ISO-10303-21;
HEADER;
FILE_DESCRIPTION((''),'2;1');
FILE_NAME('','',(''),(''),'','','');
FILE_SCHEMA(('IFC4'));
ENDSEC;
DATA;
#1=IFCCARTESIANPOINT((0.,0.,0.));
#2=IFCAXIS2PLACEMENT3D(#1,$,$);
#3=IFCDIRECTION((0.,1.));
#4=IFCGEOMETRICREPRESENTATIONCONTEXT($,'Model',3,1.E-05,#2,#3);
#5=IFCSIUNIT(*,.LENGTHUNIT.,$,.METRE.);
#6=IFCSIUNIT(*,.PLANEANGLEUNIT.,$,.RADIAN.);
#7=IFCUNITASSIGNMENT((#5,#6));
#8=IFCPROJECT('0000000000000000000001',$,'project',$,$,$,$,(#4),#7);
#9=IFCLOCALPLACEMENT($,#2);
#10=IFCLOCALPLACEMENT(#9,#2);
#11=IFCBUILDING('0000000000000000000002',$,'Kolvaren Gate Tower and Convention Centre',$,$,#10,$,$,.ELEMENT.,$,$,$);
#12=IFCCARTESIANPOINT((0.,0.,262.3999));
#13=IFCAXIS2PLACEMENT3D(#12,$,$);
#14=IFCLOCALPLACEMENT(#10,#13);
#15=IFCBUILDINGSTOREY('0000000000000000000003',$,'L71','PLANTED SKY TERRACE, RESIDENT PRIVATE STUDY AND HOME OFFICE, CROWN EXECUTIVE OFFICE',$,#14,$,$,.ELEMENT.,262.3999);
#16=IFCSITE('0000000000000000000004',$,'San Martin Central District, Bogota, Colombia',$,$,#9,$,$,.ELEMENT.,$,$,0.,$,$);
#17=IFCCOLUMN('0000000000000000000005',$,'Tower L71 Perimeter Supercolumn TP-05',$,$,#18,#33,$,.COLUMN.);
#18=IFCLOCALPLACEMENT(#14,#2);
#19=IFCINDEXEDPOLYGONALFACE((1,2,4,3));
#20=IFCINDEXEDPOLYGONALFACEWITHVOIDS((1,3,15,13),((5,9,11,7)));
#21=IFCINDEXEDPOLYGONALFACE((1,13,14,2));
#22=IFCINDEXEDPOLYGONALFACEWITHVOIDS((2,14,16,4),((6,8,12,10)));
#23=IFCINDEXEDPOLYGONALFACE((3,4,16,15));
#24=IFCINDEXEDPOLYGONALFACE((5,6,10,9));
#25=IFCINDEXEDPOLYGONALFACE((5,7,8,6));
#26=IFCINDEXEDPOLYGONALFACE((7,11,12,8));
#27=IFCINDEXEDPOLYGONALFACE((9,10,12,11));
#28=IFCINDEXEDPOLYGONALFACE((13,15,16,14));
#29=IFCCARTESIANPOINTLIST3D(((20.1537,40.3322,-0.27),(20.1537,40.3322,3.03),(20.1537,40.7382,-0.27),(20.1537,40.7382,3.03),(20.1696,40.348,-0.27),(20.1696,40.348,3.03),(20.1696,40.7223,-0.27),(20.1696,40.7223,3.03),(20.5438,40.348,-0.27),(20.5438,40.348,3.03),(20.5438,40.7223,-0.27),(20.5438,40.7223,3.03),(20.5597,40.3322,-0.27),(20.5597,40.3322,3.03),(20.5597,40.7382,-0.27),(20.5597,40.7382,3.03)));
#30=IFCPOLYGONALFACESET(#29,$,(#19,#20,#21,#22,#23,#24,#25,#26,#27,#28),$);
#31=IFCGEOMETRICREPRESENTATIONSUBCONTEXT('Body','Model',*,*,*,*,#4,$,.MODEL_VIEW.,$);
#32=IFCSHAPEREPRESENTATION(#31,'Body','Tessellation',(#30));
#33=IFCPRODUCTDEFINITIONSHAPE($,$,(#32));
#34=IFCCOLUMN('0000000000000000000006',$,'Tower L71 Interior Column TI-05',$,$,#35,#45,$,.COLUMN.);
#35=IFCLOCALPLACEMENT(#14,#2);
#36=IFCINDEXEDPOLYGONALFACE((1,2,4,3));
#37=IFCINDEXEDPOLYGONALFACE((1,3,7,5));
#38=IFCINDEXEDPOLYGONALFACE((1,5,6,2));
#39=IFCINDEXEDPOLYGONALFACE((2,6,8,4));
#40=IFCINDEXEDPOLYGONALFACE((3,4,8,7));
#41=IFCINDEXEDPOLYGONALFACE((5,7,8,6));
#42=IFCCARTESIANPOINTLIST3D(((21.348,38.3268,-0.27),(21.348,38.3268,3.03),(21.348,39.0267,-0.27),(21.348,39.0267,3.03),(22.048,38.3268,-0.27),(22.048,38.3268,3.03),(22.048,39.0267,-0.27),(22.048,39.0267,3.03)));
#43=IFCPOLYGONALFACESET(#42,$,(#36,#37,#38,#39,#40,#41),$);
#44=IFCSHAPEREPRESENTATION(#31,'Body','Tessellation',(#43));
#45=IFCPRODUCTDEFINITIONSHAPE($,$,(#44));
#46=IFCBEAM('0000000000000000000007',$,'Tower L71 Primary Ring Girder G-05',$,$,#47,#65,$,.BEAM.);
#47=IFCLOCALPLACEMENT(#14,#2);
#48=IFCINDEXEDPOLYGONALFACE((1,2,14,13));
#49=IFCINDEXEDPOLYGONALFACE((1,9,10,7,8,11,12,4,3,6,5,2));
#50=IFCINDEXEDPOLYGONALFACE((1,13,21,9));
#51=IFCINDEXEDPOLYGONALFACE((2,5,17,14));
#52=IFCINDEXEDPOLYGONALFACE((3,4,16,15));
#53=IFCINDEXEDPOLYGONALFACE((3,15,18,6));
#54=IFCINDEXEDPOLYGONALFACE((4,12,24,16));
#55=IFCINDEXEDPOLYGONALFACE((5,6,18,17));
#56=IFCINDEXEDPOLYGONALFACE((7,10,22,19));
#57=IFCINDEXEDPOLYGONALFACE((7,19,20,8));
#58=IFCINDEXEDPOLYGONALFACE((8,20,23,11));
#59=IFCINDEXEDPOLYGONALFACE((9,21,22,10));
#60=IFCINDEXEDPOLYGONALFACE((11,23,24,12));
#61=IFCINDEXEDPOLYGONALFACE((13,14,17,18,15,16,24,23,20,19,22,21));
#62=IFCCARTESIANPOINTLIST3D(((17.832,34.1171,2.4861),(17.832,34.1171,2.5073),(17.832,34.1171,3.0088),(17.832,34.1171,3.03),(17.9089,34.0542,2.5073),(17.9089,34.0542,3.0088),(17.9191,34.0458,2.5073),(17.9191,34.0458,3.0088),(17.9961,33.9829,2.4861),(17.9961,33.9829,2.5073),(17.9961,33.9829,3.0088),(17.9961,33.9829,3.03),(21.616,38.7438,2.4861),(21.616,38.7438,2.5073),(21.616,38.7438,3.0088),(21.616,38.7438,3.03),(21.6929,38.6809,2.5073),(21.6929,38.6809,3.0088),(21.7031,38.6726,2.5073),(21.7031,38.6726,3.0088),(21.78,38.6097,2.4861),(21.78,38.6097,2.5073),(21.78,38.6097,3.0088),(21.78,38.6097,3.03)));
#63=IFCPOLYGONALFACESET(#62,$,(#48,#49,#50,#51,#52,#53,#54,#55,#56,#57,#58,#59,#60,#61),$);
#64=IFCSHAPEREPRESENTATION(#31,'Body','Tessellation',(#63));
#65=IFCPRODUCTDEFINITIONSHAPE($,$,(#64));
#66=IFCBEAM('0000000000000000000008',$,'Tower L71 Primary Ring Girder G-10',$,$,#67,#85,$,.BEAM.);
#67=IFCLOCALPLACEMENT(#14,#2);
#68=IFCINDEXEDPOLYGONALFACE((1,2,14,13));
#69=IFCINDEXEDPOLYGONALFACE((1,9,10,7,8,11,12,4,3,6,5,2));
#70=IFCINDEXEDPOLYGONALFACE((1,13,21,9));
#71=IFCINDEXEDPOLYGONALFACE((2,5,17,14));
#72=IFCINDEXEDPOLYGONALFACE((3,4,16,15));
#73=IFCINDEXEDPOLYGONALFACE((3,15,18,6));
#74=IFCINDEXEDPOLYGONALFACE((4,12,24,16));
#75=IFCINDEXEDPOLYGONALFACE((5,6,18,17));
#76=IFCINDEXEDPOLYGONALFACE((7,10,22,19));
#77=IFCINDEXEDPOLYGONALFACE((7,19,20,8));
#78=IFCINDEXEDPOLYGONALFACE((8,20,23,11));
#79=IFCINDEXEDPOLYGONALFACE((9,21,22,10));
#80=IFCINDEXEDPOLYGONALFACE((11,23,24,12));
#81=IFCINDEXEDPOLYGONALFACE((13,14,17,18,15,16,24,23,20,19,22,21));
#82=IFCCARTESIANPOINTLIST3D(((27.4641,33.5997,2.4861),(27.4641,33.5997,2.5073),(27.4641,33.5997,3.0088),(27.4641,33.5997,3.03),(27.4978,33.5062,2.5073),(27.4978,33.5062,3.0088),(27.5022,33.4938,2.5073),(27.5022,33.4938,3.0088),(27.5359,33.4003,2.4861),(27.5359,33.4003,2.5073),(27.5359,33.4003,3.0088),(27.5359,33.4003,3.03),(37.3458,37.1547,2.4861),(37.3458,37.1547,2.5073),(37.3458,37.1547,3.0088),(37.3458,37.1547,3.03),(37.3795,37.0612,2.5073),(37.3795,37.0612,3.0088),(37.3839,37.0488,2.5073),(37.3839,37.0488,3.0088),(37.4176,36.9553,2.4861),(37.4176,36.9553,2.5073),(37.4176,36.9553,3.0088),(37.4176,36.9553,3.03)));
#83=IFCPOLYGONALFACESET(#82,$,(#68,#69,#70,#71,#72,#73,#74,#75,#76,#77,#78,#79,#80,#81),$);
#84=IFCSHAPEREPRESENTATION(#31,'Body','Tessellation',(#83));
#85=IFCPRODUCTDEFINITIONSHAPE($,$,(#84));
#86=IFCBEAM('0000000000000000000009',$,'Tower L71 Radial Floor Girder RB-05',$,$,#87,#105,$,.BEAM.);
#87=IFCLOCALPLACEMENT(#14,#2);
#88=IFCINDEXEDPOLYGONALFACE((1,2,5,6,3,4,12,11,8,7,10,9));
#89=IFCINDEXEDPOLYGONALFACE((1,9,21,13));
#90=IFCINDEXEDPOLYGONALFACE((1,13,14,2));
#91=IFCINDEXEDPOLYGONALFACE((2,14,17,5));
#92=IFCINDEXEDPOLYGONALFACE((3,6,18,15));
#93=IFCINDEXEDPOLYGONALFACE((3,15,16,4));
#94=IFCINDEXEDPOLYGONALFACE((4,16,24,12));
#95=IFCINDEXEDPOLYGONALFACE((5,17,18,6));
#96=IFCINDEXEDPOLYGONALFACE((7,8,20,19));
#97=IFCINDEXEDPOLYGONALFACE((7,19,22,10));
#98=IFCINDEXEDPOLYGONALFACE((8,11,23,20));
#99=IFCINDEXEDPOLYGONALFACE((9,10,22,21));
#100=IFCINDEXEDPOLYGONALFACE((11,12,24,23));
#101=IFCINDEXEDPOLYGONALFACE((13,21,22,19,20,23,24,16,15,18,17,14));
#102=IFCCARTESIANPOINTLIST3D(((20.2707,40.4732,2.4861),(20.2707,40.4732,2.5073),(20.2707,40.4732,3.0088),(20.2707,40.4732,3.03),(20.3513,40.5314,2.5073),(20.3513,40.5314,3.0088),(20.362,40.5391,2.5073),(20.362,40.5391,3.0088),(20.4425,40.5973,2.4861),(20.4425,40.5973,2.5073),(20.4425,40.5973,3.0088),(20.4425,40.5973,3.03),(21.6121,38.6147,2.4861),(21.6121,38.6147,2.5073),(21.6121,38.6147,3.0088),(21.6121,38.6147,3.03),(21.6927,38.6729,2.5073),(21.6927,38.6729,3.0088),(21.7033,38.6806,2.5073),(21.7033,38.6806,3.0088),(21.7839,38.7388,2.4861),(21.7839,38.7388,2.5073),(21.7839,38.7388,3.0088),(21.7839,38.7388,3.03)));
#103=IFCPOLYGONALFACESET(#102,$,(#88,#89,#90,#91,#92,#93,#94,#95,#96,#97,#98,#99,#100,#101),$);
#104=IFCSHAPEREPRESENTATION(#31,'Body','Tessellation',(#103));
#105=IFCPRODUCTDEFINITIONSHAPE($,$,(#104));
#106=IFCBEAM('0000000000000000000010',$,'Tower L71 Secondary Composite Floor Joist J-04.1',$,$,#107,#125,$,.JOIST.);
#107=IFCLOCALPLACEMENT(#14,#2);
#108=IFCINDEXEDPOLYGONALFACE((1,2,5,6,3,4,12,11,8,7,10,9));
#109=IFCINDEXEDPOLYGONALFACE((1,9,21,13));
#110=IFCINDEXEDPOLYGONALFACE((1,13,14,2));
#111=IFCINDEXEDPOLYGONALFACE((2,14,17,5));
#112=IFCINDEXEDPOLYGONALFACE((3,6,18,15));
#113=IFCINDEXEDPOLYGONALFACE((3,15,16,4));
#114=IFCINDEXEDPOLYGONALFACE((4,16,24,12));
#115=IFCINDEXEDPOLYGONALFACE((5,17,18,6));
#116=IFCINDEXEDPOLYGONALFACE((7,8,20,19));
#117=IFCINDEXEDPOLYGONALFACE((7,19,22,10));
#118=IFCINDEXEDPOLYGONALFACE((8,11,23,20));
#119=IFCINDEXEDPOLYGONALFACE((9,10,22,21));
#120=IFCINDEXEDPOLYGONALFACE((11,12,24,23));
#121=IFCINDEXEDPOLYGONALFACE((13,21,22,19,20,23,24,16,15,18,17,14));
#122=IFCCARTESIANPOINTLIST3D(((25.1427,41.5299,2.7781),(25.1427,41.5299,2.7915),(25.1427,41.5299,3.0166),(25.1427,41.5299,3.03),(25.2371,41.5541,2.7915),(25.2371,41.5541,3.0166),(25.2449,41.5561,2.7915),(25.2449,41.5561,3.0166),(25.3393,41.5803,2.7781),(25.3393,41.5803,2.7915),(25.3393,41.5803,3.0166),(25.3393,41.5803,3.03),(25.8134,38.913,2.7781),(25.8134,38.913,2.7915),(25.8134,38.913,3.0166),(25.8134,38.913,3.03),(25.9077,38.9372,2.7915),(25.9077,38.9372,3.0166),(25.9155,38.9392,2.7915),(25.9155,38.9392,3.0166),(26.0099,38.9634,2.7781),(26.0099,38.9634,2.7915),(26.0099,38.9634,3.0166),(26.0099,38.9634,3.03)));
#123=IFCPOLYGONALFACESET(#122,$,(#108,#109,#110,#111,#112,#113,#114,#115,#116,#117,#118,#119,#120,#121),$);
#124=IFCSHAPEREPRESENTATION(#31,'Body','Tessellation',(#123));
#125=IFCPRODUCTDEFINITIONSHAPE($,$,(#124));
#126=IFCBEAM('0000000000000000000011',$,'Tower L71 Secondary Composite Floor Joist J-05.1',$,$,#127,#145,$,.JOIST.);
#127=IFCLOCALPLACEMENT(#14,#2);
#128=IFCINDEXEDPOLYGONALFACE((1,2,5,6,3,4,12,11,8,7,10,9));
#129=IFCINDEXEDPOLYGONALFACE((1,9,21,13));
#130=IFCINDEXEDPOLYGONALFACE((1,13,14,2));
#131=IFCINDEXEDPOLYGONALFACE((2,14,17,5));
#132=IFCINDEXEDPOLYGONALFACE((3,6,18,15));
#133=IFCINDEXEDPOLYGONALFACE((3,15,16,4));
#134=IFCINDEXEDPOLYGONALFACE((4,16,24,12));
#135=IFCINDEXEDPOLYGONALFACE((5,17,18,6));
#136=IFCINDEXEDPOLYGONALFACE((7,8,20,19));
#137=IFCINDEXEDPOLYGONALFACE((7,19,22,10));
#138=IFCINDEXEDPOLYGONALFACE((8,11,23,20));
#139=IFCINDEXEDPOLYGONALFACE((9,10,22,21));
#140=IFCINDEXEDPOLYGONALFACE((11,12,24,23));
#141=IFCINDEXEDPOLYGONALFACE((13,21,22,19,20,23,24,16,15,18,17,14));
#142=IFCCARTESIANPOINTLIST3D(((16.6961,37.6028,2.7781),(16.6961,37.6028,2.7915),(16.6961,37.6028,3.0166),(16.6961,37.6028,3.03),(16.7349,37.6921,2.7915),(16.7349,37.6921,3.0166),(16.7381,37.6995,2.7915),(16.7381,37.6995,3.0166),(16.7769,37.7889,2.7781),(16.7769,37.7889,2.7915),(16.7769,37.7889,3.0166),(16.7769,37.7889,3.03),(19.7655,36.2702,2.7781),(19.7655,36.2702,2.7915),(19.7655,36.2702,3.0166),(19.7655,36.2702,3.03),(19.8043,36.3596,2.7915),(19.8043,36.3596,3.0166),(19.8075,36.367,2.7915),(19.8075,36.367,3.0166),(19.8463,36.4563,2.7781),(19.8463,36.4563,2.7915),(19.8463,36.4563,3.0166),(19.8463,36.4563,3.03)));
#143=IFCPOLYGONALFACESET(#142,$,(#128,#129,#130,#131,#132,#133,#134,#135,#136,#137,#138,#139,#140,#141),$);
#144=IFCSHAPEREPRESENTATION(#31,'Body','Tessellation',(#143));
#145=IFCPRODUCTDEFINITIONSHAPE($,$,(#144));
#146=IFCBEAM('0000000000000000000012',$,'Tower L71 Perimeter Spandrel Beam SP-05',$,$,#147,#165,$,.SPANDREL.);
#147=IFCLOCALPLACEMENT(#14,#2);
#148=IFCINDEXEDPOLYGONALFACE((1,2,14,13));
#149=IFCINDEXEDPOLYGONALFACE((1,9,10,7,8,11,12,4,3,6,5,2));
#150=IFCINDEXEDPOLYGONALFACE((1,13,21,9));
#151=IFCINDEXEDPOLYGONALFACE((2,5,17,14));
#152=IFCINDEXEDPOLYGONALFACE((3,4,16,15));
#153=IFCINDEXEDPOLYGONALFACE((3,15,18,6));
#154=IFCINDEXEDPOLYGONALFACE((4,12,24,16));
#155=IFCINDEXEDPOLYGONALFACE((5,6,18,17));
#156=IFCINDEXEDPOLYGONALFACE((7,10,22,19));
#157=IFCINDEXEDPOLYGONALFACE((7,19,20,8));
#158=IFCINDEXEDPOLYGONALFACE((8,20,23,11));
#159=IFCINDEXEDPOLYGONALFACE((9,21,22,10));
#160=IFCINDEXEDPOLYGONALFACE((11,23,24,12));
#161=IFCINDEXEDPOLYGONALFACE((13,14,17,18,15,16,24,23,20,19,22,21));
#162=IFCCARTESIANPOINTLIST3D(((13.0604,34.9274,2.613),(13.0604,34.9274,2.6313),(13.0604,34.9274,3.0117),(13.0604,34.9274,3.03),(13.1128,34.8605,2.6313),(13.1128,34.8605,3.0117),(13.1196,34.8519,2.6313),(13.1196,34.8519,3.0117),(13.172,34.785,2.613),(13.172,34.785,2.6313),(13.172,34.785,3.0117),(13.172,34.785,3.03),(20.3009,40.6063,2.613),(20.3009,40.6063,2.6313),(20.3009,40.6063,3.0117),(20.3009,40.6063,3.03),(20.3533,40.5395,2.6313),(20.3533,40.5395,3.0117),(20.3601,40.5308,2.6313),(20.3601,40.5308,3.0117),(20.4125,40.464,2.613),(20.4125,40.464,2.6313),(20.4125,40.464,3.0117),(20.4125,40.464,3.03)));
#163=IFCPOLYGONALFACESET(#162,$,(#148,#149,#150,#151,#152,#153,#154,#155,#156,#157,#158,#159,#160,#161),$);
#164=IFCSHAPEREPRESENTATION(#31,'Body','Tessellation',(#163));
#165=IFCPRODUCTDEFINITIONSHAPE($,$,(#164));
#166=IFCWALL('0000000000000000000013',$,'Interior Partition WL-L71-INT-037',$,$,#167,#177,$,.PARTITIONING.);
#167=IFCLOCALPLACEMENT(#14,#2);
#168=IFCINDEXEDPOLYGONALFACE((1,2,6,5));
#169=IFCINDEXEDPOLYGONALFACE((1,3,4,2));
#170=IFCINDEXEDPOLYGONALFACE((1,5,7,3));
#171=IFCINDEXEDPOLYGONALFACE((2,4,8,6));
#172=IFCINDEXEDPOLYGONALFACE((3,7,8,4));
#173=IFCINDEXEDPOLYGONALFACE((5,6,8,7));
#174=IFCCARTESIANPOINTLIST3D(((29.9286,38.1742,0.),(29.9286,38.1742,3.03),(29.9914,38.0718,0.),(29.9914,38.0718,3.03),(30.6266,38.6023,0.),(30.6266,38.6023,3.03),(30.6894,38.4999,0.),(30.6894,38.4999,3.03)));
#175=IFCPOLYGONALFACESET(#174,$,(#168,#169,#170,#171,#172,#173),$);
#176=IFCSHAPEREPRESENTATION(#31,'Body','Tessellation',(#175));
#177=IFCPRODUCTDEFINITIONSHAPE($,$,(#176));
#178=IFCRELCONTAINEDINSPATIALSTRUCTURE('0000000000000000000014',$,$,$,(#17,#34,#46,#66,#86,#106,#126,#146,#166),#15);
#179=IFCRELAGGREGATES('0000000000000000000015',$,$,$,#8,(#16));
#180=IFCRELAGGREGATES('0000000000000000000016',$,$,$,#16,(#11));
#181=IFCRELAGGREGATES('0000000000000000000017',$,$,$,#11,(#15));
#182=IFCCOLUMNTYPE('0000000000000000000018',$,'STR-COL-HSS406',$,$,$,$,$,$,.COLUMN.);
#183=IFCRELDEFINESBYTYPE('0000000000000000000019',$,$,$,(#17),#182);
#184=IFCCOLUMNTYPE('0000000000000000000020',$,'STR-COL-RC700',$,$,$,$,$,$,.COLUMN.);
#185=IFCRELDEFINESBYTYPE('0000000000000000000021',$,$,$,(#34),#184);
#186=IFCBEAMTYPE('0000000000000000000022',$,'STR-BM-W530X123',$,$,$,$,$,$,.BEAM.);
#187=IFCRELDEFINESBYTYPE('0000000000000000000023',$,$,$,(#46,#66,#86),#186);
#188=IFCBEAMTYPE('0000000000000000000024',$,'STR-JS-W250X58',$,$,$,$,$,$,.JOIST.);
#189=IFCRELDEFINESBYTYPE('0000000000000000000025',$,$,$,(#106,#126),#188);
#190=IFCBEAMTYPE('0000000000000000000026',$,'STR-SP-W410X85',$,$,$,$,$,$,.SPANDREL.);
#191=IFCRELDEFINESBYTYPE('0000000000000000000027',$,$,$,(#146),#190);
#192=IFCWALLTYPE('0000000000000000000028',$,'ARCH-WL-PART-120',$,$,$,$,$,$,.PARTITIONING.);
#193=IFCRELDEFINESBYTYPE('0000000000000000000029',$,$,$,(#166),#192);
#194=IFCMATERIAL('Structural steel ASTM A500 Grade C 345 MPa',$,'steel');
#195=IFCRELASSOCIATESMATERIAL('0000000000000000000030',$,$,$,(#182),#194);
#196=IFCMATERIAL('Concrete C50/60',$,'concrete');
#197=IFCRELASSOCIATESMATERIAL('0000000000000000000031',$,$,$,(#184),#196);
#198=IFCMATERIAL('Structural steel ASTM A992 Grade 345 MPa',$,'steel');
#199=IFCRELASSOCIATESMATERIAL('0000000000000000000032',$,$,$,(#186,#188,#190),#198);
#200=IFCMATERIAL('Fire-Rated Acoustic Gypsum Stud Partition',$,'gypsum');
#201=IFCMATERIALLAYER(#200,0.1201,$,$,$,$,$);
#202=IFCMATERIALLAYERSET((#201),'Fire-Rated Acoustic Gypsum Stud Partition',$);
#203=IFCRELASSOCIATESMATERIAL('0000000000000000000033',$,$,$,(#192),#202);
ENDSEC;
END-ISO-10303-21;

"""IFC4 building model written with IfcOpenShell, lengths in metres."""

from ifc_helpers import new_model, si_unit, direction, frame, frame_2d, origin, origin_2d, place, context, subcontext, project, spatial, rectangle, hollow_rectangle, i_section, extrude, material, layer, layer_set, material_profile, profile_set, type_object, element, save


model = new_model("IFC4")

# Units and contexts
model_context = context("Model", 3, precision=1e-05, world=origin(), true_north=direction((0.0, 1.0)))
body_context = subcontext(model_context, "Body", "Model", "MODEL_VIEW")
ifc_project = project(units=[si_unit("LENGTHUNIT", "METRE"), si_unit("PLANEANGLEUNIT", "RADIAN")], contexts=[model_context])

# Site, building, storey
site_placement = place(None, origin())
site = spatial("IfcSite", under=ifc_project, at=site_placement, Name="San Martin Central District, Bogota, Colombia", CompositionType="ELEMENT", RefElevation=0.0)
building_placement = place(site_placement, origin())
building = spatial("IfcBuilding", under=site, at=building_placement, Name="Kolvaren Gate Tower and Convention Centre", CompositionType="ELEMENT")
storey_placement = place(building_placement, frame((0.0, 0.0, 262.3999)))
storey = spatial("IfcBuildingStorey", under=building, at=storey_placement, Name="L71", Description="PLANTED SKY TERRACE, RESIDENT PRIVATE STUDY AND HOME OFFICE, CROWN EXECUTIVE OFFICE", CompositionType="ELEMENT", Elevation=262.3999)

# Columns
ifc_material_1 = material(Name="Structural steel ASTM A500 Grade C 345 MPa", Category="steel")
ifc_material_profile_1 = material_profile(ifc_material_1, hollow_rectangle(XDim=0.406, YDim=0.406, WallThickness=0.0159, at=origin_2d()), Name="HSS406X406X15.9")
ifc_profile_set_1 = profile_set([ifc_material_profile_1], Name="Structural steel ASTM A500 Grade C 345 MPa")
column_type_1 = type_object("IfcColumnType", Name="STR-COL-HSS406", PredefinedType="COLUMN", material=ifc_profile_set_1)
column_1_placement = place(storey_placement, frame((20.3567, 40.5352, -0.27), z_axis=(0.0, 0.0, 1.0), x_axis=(1.0, 0.0, 0.0)))
element("IfcColumn", 1, at=column_1_placement, inside=storey, type_object=column_type_1, Name="Tower L71 Perimeter Supercolumn TP-05", PredefinedType="COLUMN", context=body_context, shape_type="SweptSolid", body=[
    extrude(hollow_rectangle(XDim=0.406, YDim=0.406, WallThickness=0.0159, at=origin_2d()), origin(), (0.0, 0.0, 1.0), 3.3),
])
ifc_material_2 = material(Name="Concrete C50/60", Category="concrete")
ifc_material_profile_2 = material_profile(ifc_material_2, rectangle(XDim=0.7, YDim=0.7, at=origin_2d()), Name="RC-COL-700X700")
ifc_profile_set_2 = profile_set([ifc_material_profile_2], Name="Concrete C50/60")
column_type_2 = type_object("IfcColumnType", Name="STR-COL-RC700", PredefinedType="COLUMN", material=ifc_profile_set_2)
column_2_placement = place(storey_placement, frame((21.698, 38.6768, -0.27), z_axis=(0.0, 0.0, 1.0), x_axis=(1.0, 0.0, 0.0)))
element("IfcColumn", 2, at=column_2_placement, inside=storey, type_object=column_type_2, Name="Tower L71 Interior Column TI-05", PredefinedType="COLUMN", context=body_context, shape_type="SweptSolid", body=[
    extrude(rectangle(XDim=0.7, YDim=0.7, at=origin_2d()), origin(), (0.0, 0.0, 1.0), 3.3),
])

# Beams
ifc_material_3 = material(Name="Structural steel ASTM A992 Grade 345 MPa", Category="steel")
ifc_material_profile_3 = material_profile(ifc_material_3, i_section(OverallWidth=0.2119, OverallDepth=0.5439, WebThickness=0.0132, FlangeThickness=0.0212, at=origin_2d()), Name="W530X123")
ifc_profile_set_3 = profile_set([ifc_material_profile_3], Name="Structural steel ASTM A992 Grade 345 MPa")
beam_type_1 = type_object("IfcBeamType", Name="STR-BM-W530X123", PredefinedType="BEAM", material=ifc_profile_set_3)
beam_1_placement = place(storey_placement, frame((21.698, 38.6768, 2.7581), z_axis=(-0.633082, -0.774085, 0.0), x_axis=(0.774085, -0.633082, 0.0)))
element("IfcBeam", 3, at=beam_1_placement, inside=storey, type_object=beam_type_1, Name="Tower L71 Primary Ring Girder G-05", PredefinedType="BEAM", context=body_context, shape_type="SweptSolid", body=[
    extrude(i_section(OverallWidth=0.2119, OverallDepth=0.5439, WebThickness=0.0132, FlangeThickness=0.0212, at=origin_2d()), origin(), (0.0, 0.0, 1.0), 5.9771),
])
beam_2_placement = place(storey_placement, frame((27.5, 33.5, 2.7581), z_axis=(0.940961, 0.338514, 0.0), x_axis=(-0.338514, 0.940961, 0.0)))
element("IfcBeam", 4, at=beam_2_placement, inside=storey, type_object=beam_type_1, Name="Tower L71 Primary Ring Girder G-10", PredefinedType="BEAM", context=body_context, shape_type="SweptSolid", body=[
    extrude(i_section(OverallWidth=0.2119, OverallDepth=0.5439, WebThickness=0.0132, FlangeThickness=0.0212, at=origin_2d()), origin(), (0.0, 0.0, 1.0), 10.5017),
])
beam_3_placement = place(storey_placement, frame((21.698, 38.6768, 2.7581), z_axis=(-0.585242, 0.810859, 0.0), x_axis=(-0.810859, -0.585242, 0.0)))
element("IfcBeam", 5, at=beam_3_placement, inside=storey, type_object=beam_type_1, Name="Tower L71 Radial Floor Girder RB-05", PredefinedType="BEAM", context=body_context, shape_type="SweptSolid", body=[
    extrude(i_section(OverallWidth=0.2119, OverallDepth=0.5439, WebThickness=0.0132, FlangeThickness=0.0212, at=origin_2d()), origin(), (0.0, 0.0, 1.0), 2.292),
])
ifc_material_profile_4 = material_profile(ifc_material_3, i_section(OverallWidth=0.2029, OverallDepth=0.252, WebThickness=0.0081, FlangeThickness=0.0134, at=origin_2d()), Name="W250X58")
ifc_profile_set_4 = profile_set([ifc_material_profile_4], Name="Structural steel ASTM A992 Grade 345 MPa")
beam_type_2 = type_object("IfcBeamType", Name="STR-JS-W250X58", PredefinedType="JOIST", material=ifc_profile_set_4)
beam_4_placement = place(storey_placement, frame((25.9116, 38.9382, 2.9041), z_axis=(-0.248251, 0.968696, 0.0), x_axis=(-0.968696, -0.248251, 0.0)))
element("IfcBeam", 6, at=beam_4_placement, inside=storey, type_object=beam_type_2, Name="Tower L71 Secondary Composite Floor Joist J-04.1", PredefinedType="JOIST", context=body_context, shape_type="SweptSolid", body=[
    extrude(i_section(OverallWidth=0.2029, OverallDepth=0.252, WebThickness=0.0081, FlangeThickness=0.0134, at=origin_2d()), origin(), (0.0, 0.0, 1.0), 2.7014),
])
beam_5_placement = place(storey_placement, frame((19.8059, 36.3633, 2.9041), z_axis=(-0.917286, 0.39823, 0.0), x_axis=(-0.39823, -0.917286, 0.0)))
element("IfcBeam", 7, at=beam_5_placement, inside=storey, type_object=beam_type_2, Name="Tower L71 Secondary Composite Floor Joist J-05.1", PredefinedType="JOIST", context=body_context, shape_type="SweptSolid", body=[
    extrude(i_section(OverallWidth=0.2029, OverallDepth=0.252, WebThickness=0.0081, FlangeThickness=0.0134, at=origin_2d()), origin(), (0.0, 0.0, 1.0), 3.3462),
])
ifc_material_profile_5 = material_profile(ifc_material_3, i_section(OverallWidth=0.1809, OverallDepth=0.417, WebThickness=0.011, FlangeThickness=0.0183, at=origin_2d()), Name="W410X85")
ifc_profile_set_5 = profile_set([ifc_material_profile_5], Name="Structural steel ASTM A992 Grade 345 MPa")
beam_type_3 = type_object("IfcBeamType", Name="STR-SP-W410X85", PredefinedType="SPANDREL", material=ifc_profile_set_5)
beam_6_placement = place(storey_placement, frame((20.3567, 40.5352, 2.8215), z_axis=(-0.786846, -0.61715, 0.0), x_axis=(0.61715, -0.786846, 0.0)))
element("IfcBeam", 8, at=beam_6_placement, inside=storey, type_object=beam_type_3, Name="Tower L71 Perimeter Spandrel Beam SP-05", PredefinedType="SPANDREL", context=body_context, shape_type="SweptSolid", body=[
    extrude(i_section(OverallWidth=0.1809, OverallDepth=0.417, WebThickness=0.011, FlangeThickness=0.0183, at=origin_2d()), origin(), (0.0, 0.0, 1.0), 9.2019),
])

# Wall
ifc_material_4 = material(Name="Fire-Rated Acoustic Gypsum Stud Partition", Category="gypsum")
ifc_layer_1 = layer(ifc_material_4, 0.1201)
ifc_layer_set_1 = layer_set([ifc_layer_1], Name="Fire-Rated Acoustic Gypsum Stud Partition")
wall_type_1 = type_object("IfcWallType", Name="ARCH-WL-PART-120", PredefinedType="PARTITIONING", material=ifc_layer_set_1)
wall_1_placement = place(storey_placement, frame((29.96, 38.123, 0.0), z_axis=(0.0, 0.0, 1.0), x_axis=(0.852507, 0.522716, 0.0)))
element("IfcWall", 9, at=wall_1_placement, inside=storey, type_object=wall_type_1, Name="Interior Partition WL-L71-INT-037", PredefinedType="PARTITIONING", context=body_context, shape_type="SweptSolid", body=[
    extrude(rectangle(XDim=0.8188, YDim=0.1201, at=frame_2d((0.4094, 0.0))), origin(), (0.0, 0.0, 1.0), 3.03),
])

save(model, "model.ifc")
